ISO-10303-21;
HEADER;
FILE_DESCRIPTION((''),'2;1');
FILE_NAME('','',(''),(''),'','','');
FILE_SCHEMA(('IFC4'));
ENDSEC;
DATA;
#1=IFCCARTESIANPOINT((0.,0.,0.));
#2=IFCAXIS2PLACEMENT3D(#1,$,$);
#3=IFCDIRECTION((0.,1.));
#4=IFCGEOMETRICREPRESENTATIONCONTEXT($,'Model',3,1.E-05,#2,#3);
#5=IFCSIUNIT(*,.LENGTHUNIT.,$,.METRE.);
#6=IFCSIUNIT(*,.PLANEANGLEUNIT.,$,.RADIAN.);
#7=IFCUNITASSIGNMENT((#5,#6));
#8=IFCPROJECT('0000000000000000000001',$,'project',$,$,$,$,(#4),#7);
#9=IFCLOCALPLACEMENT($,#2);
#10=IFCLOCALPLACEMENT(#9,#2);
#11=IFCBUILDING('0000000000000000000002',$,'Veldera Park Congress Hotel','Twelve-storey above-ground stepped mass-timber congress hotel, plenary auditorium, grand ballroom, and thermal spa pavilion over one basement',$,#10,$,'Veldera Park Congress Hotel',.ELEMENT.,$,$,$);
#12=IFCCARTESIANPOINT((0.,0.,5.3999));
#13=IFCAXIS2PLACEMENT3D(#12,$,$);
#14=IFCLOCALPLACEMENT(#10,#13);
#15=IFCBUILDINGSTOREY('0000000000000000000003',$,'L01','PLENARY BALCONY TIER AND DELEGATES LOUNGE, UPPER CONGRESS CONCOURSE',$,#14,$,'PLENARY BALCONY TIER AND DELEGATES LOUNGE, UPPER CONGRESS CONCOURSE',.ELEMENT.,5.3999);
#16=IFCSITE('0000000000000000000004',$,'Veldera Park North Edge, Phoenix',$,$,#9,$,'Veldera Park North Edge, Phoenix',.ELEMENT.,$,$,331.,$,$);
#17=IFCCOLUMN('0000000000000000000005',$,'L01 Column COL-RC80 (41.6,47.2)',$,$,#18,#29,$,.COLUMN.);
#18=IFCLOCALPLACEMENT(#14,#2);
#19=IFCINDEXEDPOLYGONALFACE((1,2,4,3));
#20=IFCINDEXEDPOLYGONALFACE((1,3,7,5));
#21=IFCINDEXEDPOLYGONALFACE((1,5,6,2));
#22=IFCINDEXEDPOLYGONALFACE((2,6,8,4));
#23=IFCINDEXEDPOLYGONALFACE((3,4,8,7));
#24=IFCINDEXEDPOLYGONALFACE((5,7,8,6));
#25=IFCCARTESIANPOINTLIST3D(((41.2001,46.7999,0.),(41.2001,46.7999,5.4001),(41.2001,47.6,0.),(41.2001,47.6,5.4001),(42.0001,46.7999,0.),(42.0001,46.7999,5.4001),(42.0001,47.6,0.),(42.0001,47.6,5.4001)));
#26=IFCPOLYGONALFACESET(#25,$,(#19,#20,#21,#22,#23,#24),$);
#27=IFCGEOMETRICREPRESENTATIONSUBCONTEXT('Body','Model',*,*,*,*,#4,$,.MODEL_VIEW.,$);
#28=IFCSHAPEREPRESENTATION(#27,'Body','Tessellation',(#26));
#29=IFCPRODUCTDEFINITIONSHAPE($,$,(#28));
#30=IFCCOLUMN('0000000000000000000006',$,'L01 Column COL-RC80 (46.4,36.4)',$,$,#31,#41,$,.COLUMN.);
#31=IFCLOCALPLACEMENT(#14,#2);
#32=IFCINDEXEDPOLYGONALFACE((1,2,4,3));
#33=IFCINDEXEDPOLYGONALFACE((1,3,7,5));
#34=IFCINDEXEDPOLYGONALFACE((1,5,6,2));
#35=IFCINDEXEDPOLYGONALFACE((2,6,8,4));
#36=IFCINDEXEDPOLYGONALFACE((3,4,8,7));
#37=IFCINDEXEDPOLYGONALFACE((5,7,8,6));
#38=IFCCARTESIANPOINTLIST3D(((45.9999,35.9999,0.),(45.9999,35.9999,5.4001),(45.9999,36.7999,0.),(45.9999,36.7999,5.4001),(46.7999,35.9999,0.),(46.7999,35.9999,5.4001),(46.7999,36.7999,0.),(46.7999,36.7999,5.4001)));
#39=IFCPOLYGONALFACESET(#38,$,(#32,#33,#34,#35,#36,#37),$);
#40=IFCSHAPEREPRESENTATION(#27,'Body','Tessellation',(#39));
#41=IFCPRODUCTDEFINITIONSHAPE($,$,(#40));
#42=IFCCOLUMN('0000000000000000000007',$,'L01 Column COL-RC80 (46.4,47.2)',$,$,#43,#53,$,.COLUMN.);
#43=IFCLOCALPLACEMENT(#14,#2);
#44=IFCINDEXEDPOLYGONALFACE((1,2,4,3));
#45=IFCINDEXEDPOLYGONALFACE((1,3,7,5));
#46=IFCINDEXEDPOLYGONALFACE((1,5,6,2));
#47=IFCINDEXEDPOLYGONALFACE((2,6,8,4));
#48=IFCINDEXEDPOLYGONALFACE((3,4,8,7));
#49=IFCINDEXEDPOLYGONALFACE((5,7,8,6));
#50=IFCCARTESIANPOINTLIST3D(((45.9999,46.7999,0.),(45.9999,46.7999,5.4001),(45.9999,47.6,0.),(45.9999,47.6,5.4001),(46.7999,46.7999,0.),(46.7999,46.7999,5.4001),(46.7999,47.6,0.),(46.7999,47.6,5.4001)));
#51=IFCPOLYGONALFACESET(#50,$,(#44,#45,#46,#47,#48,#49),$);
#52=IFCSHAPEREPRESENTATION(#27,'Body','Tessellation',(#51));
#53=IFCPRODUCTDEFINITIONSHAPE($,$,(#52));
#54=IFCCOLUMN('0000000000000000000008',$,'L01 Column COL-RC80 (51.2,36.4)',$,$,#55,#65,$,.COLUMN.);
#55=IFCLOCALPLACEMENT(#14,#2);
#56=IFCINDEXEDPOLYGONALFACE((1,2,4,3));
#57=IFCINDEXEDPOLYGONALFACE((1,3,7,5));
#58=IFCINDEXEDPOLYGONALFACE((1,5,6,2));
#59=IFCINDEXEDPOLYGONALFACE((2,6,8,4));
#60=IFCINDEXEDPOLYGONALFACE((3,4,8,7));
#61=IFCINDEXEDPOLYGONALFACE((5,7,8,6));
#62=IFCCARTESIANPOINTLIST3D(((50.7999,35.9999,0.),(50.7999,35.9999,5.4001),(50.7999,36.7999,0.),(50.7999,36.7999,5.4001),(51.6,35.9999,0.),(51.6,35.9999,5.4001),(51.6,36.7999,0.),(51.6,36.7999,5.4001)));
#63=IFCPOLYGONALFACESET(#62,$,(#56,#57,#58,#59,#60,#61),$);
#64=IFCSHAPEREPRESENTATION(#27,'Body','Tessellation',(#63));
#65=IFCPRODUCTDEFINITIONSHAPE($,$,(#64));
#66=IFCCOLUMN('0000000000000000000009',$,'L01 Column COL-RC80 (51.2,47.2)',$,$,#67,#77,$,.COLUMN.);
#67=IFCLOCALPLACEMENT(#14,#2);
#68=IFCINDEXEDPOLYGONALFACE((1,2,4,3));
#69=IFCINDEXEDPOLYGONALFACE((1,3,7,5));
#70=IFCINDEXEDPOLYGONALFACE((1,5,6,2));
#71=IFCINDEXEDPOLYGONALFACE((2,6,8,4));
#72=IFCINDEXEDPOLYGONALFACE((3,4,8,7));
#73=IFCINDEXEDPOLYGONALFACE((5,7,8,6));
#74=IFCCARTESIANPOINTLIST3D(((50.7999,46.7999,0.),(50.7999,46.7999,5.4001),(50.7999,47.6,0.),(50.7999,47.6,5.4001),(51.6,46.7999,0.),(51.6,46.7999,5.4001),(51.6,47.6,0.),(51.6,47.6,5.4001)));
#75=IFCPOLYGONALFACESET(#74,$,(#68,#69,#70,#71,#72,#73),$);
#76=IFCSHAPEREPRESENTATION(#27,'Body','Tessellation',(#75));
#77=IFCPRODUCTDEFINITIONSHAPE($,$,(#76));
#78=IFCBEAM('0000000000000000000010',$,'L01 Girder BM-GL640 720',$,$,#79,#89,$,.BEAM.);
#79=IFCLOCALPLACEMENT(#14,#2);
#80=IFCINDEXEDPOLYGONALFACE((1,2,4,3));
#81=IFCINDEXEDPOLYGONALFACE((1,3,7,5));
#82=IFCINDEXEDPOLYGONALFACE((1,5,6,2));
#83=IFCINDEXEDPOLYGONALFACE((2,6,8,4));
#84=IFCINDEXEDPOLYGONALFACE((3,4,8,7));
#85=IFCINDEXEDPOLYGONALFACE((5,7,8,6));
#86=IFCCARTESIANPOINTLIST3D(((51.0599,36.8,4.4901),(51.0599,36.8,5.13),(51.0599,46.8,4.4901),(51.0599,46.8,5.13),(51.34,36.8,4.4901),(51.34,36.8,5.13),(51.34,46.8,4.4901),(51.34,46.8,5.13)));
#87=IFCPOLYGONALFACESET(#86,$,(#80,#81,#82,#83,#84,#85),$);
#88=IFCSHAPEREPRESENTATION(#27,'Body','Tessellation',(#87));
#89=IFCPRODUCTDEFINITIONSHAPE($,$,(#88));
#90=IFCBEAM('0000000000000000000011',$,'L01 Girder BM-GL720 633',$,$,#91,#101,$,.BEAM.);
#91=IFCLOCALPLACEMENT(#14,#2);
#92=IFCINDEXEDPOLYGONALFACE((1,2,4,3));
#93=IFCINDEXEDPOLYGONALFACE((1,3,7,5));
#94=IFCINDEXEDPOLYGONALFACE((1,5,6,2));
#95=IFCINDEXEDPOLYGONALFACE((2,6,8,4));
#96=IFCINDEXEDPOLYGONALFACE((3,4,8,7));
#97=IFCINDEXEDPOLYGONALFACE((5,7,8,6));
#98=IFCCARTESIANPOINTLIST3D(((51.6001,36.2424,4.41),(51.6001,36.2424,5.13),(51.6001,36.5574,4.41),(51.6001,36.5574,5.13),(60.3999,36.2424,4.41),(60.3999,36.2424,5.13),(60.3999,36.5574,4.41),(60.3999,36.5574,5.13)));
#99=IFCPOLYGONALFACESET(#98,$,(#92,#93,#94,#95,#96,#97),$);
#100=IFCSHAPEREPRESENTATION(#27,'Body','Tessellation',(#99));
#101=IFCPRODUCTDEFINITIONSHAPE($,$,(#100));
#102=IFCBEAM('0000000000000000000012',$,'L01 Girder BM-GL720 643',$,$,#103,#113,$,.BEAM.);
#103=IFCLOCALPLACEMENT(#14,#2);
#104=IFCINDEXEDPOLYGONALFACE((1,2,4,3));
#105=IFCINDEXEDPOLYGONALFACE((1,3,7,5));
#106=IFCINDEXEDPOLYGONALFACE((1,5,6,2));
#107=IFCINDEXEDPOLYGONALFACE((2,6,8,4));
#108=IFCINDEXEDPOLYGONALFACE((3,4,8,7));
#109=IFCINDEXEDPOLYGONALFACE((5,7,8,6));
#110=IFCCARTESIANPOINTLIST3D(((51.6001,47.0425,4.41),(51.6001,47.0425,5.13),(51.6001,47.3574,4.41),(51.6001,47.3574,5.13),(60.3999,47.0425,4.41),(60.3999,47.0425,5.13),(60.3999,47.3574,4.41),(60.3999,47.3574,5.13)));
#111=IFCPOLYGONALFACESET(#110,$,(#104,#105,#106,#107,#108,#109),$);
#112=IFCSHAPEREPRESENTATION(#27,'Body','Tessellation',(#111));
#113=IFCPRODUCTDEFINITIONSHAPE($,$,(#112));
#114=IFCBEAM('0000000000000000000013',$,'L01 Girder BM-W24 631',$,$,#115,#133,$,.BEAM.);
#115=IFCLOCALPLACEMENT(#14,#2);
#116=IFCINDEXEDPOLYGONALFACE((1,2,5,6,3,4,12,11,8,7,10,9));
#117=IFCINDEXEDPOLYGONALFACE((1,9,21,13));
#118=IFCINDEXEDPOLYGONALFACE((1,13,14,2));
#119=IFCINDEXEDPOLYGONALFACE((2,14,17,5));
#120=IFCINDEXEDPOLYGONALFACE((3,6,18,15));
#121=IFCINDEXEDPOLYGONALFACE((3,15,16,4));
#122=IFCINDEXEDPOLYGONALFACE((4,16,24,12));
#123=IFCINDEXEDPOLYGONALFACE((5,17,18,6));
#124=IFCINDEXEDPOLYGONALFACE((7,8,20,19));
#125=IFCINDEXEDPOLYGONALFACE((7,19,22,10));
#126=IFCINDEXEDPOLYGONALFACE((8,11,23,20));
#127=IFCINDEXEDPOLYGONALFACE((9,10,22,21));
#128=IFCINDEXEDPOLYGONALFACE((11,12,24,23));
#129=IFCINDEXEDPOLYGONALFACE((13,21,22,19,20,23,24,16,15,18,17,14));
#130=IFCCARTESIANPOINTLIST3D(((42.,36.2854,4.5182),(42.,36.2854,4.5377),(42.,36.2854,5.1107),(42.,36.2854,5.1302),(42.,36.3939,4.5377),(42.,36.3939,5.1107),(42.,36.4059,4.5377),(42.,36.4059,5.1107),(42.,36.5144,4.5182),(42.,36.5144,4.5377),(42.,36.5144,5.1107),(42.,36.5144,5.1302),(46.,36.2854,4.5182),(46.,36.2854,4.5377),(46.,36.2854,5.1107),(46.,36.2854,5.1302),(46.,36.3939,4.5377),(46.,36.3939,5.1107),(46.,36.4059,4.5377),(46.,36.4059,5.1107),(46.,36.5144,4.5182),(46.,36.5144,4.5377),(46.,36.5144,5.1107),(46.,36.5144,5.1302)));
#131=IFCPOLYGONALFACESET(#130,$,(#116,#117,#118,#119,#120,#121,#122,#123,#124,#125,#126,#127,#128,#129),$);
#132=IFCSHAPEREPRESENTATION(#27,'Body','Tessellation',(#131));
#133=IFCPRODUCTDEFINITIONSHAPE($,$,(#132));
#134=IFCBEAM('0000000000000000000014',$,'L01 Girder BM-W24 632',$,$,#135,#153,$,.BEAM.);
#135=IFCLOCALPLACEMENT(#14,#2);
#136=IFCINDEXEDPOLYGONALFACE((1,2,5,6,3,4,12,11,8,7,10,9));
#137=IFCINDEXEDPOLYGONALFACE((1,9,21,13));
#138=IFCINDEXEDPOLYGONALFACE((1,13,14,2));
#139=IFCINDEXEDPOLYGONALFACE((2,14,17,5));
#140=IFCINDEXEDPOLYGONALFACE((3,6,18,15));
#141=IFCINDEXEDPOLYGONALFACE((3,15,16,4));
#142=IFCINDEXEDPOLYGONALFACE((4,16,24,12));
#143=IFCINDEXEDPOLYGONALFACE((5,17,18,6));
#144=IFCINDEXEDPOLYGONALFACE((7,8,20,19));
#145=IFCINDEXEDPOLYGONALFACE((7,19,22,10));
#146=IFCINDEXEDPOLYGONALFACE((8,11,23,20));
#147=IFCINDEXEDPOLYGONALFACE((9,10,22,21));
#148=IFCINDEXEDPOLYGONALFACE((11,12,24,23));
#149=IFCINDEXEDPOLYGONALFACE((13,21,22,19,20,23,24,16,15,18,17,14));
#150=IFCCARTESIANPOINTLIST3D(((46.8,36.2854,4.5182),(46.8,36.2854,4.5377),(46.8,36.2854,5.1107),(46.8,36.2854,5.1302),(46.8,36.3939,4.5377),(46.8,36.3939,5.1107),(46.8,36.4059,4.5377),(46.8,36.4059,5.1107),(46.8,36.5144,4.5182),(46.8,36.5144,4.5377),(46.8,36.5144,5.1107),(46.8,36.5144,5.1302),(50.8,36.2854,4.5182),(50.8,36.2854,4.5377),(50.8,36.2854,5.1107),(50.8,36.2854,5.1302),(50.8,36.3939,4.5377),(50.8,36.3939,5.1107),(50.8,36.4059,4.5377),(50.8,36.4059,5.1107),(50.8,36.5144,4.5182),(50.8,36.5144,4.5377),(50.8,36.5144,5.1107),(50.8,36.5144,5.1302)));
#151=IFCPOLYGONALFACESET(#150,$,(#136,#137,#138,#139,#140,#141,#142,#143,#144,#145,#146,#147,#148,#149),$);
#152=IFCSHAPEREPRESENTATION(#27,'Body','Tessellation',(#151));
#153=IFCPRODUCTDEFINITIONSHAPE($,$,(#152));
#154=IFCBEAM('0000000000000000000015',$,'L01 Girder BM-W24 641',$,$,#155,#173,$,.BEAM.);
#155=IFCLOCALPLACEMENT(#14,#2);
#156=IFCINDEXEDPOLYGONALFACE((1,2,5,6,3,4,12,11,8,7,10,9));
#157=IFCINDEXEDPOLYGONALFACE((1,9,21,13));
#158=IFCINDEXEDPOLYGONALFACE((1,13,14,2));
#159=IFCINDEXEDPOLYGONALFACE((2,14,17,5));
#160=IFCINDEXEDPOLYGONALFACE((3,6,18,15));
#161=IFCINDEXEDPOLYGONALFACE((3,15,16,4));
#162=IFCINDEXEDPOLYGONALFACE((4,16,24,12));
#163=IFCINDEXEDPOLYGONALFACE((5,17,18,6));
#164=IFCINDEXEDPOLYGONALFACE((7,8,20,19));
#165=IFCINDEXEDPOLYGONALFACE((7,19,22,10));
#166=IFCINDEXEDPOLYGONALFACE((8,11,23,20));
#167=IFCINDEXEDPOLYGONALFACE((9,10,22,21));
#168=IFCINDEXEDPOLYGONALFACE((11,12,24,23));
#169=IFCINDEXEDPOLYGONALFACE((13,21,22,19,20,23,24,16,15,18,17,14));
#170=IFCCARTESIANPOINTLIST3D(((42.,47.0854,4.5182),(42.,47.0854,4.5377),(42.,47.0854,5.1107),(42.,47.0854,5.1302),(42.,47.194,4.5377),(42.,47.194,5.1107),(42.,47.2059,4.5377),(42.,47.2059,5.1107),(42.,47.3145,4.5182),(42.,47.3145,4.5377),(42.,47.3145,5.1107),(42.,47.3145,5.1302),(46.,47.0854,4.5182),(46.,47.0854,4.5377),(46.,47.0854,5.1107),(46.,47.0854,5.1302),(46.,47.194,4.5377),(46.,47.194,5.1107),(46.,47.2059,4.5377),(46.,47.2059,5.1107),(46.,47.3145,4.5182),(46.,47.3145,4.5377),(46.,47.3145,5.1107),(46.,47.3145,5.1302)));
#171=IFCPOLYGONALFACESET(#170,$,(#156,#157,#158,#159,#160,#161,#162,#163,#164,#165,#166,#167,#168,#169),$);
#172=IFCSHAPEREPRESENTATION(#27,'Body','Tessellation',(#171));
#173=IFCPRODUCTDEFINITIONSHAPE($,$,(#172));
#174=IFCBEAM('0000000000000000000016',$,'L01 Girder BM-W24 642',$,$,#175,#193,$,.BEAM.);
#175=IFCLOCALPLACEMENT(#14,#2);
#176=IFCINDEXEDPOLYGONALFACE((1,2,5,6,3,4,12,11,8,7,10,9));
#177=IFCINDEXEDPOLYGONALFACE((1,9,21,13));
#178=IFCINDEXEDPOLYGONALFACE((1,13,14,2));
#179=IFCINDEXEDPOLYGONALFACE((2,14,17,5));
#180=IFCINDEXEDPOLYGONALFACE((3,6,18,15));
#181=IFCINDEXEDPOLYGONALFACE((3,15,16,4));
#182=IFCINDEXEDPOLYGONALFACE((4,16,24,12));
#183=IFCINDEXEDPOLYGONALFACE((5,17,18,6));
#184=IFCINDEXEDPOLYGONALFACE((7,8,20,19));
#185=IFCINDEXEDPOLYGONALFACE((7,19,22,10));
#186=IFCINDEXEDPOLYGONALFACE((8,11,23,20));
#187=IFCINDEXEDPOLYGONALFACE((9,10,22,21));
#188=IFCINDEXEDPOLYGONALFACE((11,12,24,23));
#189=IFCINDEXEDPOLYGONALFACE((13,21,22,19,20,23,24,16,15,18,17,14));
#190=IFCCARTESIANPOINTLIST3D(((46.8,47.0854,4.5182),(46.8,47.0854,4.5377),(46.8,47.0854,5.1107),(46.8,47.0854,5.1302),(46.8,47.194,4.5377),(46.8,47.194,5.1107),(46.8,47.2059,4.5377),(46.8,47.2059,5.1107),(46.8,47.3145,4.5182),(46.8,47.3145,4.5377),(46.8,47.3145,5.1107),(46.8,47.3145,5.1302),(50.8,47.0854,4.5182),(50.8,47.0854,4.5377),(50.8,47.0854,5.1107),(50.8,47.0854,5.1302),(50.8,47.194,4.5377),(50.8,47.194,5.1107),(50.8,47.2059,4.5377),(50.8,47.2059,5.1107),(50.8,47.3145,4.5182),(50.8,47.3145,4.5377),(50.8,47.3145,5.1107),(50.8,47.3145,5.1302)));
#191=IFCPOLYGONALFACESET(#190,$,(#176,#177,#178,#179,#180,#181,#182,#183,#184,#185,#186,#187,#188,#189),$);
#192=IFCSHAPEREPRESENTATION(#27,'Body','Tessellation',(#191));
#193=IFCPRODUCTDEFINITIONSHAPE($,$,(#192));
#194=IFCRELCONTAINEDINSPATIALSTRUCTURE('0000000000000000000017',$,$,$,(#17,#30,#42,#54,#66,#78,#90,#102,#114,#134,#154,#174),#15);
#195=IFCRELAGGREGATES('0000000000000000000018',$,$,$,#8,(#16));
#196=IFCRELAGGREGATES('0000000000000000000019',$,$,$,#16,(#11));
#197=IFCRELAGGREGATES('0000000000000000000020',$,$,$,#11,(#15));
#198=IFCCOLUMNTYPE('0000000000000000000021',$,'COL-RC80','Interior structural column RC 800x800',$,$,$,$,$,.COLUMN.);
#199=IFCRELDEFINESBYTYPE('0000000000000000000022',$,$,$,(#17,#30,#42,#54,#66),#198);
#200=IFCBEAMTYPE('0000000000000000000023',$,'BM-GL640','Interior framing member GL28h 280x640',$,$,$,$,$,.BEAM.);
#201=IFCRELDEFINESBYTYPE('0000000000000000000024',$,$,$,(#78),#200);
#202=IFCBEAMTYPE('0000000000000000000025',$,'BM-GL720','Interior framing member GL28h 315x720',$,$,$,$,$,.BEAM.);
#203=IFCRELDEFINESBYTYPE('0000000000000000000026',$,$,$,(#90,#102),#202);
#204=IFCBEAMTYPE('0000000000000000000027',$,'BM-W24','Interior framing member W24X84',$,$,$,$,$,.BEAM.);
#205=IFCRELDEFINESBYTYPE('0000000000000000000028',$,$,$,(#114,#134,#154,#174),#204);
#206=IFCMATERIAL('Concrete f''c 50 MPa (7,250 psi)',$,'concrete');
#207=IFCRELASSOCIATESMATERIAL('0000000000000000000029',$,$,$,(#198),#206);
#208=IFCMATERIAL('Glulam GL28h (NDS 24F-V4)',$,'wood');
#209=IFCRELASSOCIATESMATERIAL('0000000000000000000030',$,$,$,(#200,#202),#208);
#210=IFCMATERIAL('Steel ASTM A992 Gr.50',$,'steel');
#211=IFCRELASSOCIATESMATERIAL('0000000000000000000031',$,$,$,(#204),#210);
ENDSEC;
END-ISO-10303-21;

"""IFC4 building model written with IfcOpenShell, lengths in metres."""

from ifc_helpers import new_model, si_unit, direction, frame, origin, origin_2d, place, context, subcontext, project, spatial, rectangle, i_section, extrude, material, material_profile, profile_set, type_object, element, save


model = new_model("IFC4")

# Units and contexts
model_context = context("Model", 3, precision=1e-05, world=origin(), true_north=direction((0.0, 1.0)))
body_context = subcontext(model_context, "Body", "Model", "MODEL_VIEW")
ifc_project = project(units=[si_unit("LENGTHUNIT", "METRE"), si_unit("PLANEANGLEUNIT", "RADIAN")], contexts=[model_context])

# Site, building, storey
site_placement = place(None, origin())
site = spatial("IfcSite", under=ifc_project, at=site_placement, Name="Veldera Park North Edge, Phoenix", LongName="Veldera Park North Edge, Phoenix", CompositionType="ELEMENT", RefElevation=331.0)
building_placement = place(site_placement, origin())
building = spatial("IfcBuilding", under=site, at=building_placement, Name="Veldera Park Congress Hotel", Description="Twelve-storey above-ground stepped mass-timber congress hotel, plenary auditorium, grand ballroom, and thermal spa pavilion over one basement", LongName="Veldera Park Congress Hotel", CompositionType="ELEMENT")
storey_placement = place(building_placement, frame((0.0, 0.0, 5.3999)))
storey = spatial("IfcBuildingStorey", under=building, at=storey_placement, Name="L01", Description="PLENARY BALCONY TIER AND DELEGATES LOUNGE, UPPER CONGRESS CONCOURSE", LongName="PLENARY BALCONY TIER AND DELEGATES LOUNGE, UPPER CONGRESS CONCOURSE", CompositionType="ELEMENT", Elevation=5.3999)

# Columns
ifc_material_1 = material(Name="Concrete f'c 50 MPa (7,250 psi)", Category="concrete")
ifc_material_profile_1 = material_profile(ifc_material_1, rectangle(XDim=0.8, YDim=0.8, at=origin_2d()), Name="RC 800x800")
ifc_profile_set_1 = profile_set([ifc_material_profile_1], Name="Concrete f'c 50 MPa (7,250 psi)")
column_type = type_object("IfcColumnType", Name="COL-RC80", Description="Interior structural column RC 800x800", PredefinedType="COLUMN", material=ifc_profile_set_1)
for number, where, z_axis, x_axis, name in (
    (1, (41.6001, 47.2, 0.0), (0.0, 0.0, 1.0), (1.0, 0.0, 0.0), "L01 Column COL-RC80 (41.6,47.2)"),
    (2, (46.3999, 36.3999, 0.0), (0.0, 0.0, 1.0), (1.0, 0.0, 0.0), "L01 Column COL-RC80 (46.4,36.4)"),
    (3, (46.3999, 47.2, 0.0), (0.0, 0.0, 1.0), (1.0, 0.0, 0.0), "L01 Column COL-RC80 (46.4,47.2)"),
    (4, (51.2, 36.3999, 0.0), (0.0, 0.0, 1.0), (1.0, 0.0, 0.0), "L01 Column COL-RC80 (51.2,36.4)"),
    (5, (51.2, 47.2, 0.0), (0.0, 0.0, 1.0), (1.0, 0.0, 0.0), "L01 Column COL-RC80 (51.2,47.2)"),
):
    element("IfcColumn", number, at=place(storey_placement, frame(where, z_axis=z_axis, x_axis=x_axis)), inside=storey, type_object=column_type, Name=name, PredefinedType="COLUMN", context=body_context, shape_type="SweptSolid", body=[
        extrude(rectangle(XDim=0.8, YDim=0.8, at=origin_2d()), origin(), (0.0, 0.0, 1.0), 5.4001),
    ])

# Beams
ifc_material_2 = material(Name="Glulam GL28h (NDS 24F-V4)", Category="wood")
ifc_material_profile_2 = material_profile(ifc_material_2, rectangle(XDim=0.28, YDim=0.6399, at=origin_2d()), Name="GL28h 280x640")
ifc_profile_set_2 = profile_set([ifc_material_profile_2], Name="Glulam GL28h (NDS 24F-V4)")
beam_type_1 = type_object("IfcBeamType", Name="BM-GL640", Description="Interior framing member GL28h 280x640", PredefinedType="BEAM", material=ifc_profile_set_2)
beam_1_placement = place(storey_placement, frame((51.2, 36.8, 4.8101), z_axis=(0.0, 1.0, 0.0), x_axis=(-1.0, 0.0, 0.0)))
element("IfcBeam", 6, at=beam_1_placement, inside=storey, type_object=beam_type_1, Name="L01 Girder BM-GL640 720", PredefinedType="BEAM", context=body_context, shape_type="SweptSolid", body=[
    extrude(rectangle(XDim=0.28, YDim=0.6399, at=origin_2d()), origin(), (0.0, 0.0, 1.0), 10.0),
])
ifc_material_profile_3 = material_profile(ifc_material_2, rectangle(XDim=0.3149, YDim=0.72, at=origin_2d()), Name="GL28h 315x720")
ifc_profile_set_3 = profile_set([ifc_material_profile_3], Name="Glulam GL28h (NDS 24F-V4)")
beam_type_2 = type_object("IfcBeamType", Name="BM-GL720", Description="Interior framing member GL28h 315x720", PredefinedType="BEAM", material=ifc_profile_set_3)
for number, where, z_axis, x_axis, name in (
    (7, (51.6001, 36.3999, 4.77), (1.0, 0.0, 0.0), (0.0, 1.0, 0.0), "L01 Girder BM-GL720 633"),
    (8, (51.6001, 47.2, 4.77), (1.0, 0.0, 0.0), (0.0, 1.0, 0.0), "L01 Girder BM-GL720 643"),
):
    element("IfcBeam", number, at=place(storey_placement, frame(where, z_axis=z_axis, x_axis=x_axis)), inside=storey, type_object=beam_type_2, Name=name, PredefinedType="BEAM", context=body_context, shape_type="SweptSolid", body=[
        extrude(rectangle(XDim=0.3149, YDim=0.72, at=origin_2d()), origin(), (0.0, 0.0, 1.0), 8.7998),
    ])
ifc_material_3 = material(Name="Steel ASTM A992 Gr.50", Category="steel")
ifc_material_profile_4 = material_profile(ifc_material_3, i_section(OverallWidth=0.229, OverallDepth=0.6121, WebThickness=0.012, FlangeThickness=0.0195, at=origin_2d()), Name="W24X84")
ifc_profile_set_4 = profile_set([ifc_material_profile_4], Name="Steel ASTM A992 Gr.50")
beam_type_3 = type_object("IfcBeamType", Name="BM-W24", Description="Interior framing member W24X84", PredefinedType="BEAM", material=ifc_profile_set_4)
for number, where, z_axis, x_axis, name in (
    (9, (42.0, 36.3999, 4.8242), (1.0, 0.0, 0.0), (0.0, 1.0, 0.0), "L01 Girder BM-W24 631"),
    (10, (46.8, 36.3999, 4.8242), (1.0, 0.0, 0.0), (0.0, 1.0, 0.0), "L01 Girder BM-W24 632"),
    (11, (42.0, 47.2, 4.8242), (1.0, 0.0, 0.0), (0.0, 1.0, 0.0), "L01 Girder BM-W24 641"),
    (12, (46.8, 47.2, 4.8242), (1.0, 0.0, 0.0), (0.0, 1.0, 0.0), "L01 Girder BM-W24 642"),
):
    element("IfcBeam", number, at=place(storey_placement, frame(where, z_axis=z_axis, x_axis=x_axis)), inside=storey, type_object=beam_type_3, Name=name, PredefinedType="BEAM", context=body_context, shape_type="SweptSolid", body=[
        extrude(i_section(OverallWidth=0.229, OverallDepth=0.6121, WebThickness=0.012, FlangeThickness=0.0195, at=origin_2d()), origin(), (0.0, 0.0, 1.0), 4.0),
    ])

save(model, "model.ifc")
